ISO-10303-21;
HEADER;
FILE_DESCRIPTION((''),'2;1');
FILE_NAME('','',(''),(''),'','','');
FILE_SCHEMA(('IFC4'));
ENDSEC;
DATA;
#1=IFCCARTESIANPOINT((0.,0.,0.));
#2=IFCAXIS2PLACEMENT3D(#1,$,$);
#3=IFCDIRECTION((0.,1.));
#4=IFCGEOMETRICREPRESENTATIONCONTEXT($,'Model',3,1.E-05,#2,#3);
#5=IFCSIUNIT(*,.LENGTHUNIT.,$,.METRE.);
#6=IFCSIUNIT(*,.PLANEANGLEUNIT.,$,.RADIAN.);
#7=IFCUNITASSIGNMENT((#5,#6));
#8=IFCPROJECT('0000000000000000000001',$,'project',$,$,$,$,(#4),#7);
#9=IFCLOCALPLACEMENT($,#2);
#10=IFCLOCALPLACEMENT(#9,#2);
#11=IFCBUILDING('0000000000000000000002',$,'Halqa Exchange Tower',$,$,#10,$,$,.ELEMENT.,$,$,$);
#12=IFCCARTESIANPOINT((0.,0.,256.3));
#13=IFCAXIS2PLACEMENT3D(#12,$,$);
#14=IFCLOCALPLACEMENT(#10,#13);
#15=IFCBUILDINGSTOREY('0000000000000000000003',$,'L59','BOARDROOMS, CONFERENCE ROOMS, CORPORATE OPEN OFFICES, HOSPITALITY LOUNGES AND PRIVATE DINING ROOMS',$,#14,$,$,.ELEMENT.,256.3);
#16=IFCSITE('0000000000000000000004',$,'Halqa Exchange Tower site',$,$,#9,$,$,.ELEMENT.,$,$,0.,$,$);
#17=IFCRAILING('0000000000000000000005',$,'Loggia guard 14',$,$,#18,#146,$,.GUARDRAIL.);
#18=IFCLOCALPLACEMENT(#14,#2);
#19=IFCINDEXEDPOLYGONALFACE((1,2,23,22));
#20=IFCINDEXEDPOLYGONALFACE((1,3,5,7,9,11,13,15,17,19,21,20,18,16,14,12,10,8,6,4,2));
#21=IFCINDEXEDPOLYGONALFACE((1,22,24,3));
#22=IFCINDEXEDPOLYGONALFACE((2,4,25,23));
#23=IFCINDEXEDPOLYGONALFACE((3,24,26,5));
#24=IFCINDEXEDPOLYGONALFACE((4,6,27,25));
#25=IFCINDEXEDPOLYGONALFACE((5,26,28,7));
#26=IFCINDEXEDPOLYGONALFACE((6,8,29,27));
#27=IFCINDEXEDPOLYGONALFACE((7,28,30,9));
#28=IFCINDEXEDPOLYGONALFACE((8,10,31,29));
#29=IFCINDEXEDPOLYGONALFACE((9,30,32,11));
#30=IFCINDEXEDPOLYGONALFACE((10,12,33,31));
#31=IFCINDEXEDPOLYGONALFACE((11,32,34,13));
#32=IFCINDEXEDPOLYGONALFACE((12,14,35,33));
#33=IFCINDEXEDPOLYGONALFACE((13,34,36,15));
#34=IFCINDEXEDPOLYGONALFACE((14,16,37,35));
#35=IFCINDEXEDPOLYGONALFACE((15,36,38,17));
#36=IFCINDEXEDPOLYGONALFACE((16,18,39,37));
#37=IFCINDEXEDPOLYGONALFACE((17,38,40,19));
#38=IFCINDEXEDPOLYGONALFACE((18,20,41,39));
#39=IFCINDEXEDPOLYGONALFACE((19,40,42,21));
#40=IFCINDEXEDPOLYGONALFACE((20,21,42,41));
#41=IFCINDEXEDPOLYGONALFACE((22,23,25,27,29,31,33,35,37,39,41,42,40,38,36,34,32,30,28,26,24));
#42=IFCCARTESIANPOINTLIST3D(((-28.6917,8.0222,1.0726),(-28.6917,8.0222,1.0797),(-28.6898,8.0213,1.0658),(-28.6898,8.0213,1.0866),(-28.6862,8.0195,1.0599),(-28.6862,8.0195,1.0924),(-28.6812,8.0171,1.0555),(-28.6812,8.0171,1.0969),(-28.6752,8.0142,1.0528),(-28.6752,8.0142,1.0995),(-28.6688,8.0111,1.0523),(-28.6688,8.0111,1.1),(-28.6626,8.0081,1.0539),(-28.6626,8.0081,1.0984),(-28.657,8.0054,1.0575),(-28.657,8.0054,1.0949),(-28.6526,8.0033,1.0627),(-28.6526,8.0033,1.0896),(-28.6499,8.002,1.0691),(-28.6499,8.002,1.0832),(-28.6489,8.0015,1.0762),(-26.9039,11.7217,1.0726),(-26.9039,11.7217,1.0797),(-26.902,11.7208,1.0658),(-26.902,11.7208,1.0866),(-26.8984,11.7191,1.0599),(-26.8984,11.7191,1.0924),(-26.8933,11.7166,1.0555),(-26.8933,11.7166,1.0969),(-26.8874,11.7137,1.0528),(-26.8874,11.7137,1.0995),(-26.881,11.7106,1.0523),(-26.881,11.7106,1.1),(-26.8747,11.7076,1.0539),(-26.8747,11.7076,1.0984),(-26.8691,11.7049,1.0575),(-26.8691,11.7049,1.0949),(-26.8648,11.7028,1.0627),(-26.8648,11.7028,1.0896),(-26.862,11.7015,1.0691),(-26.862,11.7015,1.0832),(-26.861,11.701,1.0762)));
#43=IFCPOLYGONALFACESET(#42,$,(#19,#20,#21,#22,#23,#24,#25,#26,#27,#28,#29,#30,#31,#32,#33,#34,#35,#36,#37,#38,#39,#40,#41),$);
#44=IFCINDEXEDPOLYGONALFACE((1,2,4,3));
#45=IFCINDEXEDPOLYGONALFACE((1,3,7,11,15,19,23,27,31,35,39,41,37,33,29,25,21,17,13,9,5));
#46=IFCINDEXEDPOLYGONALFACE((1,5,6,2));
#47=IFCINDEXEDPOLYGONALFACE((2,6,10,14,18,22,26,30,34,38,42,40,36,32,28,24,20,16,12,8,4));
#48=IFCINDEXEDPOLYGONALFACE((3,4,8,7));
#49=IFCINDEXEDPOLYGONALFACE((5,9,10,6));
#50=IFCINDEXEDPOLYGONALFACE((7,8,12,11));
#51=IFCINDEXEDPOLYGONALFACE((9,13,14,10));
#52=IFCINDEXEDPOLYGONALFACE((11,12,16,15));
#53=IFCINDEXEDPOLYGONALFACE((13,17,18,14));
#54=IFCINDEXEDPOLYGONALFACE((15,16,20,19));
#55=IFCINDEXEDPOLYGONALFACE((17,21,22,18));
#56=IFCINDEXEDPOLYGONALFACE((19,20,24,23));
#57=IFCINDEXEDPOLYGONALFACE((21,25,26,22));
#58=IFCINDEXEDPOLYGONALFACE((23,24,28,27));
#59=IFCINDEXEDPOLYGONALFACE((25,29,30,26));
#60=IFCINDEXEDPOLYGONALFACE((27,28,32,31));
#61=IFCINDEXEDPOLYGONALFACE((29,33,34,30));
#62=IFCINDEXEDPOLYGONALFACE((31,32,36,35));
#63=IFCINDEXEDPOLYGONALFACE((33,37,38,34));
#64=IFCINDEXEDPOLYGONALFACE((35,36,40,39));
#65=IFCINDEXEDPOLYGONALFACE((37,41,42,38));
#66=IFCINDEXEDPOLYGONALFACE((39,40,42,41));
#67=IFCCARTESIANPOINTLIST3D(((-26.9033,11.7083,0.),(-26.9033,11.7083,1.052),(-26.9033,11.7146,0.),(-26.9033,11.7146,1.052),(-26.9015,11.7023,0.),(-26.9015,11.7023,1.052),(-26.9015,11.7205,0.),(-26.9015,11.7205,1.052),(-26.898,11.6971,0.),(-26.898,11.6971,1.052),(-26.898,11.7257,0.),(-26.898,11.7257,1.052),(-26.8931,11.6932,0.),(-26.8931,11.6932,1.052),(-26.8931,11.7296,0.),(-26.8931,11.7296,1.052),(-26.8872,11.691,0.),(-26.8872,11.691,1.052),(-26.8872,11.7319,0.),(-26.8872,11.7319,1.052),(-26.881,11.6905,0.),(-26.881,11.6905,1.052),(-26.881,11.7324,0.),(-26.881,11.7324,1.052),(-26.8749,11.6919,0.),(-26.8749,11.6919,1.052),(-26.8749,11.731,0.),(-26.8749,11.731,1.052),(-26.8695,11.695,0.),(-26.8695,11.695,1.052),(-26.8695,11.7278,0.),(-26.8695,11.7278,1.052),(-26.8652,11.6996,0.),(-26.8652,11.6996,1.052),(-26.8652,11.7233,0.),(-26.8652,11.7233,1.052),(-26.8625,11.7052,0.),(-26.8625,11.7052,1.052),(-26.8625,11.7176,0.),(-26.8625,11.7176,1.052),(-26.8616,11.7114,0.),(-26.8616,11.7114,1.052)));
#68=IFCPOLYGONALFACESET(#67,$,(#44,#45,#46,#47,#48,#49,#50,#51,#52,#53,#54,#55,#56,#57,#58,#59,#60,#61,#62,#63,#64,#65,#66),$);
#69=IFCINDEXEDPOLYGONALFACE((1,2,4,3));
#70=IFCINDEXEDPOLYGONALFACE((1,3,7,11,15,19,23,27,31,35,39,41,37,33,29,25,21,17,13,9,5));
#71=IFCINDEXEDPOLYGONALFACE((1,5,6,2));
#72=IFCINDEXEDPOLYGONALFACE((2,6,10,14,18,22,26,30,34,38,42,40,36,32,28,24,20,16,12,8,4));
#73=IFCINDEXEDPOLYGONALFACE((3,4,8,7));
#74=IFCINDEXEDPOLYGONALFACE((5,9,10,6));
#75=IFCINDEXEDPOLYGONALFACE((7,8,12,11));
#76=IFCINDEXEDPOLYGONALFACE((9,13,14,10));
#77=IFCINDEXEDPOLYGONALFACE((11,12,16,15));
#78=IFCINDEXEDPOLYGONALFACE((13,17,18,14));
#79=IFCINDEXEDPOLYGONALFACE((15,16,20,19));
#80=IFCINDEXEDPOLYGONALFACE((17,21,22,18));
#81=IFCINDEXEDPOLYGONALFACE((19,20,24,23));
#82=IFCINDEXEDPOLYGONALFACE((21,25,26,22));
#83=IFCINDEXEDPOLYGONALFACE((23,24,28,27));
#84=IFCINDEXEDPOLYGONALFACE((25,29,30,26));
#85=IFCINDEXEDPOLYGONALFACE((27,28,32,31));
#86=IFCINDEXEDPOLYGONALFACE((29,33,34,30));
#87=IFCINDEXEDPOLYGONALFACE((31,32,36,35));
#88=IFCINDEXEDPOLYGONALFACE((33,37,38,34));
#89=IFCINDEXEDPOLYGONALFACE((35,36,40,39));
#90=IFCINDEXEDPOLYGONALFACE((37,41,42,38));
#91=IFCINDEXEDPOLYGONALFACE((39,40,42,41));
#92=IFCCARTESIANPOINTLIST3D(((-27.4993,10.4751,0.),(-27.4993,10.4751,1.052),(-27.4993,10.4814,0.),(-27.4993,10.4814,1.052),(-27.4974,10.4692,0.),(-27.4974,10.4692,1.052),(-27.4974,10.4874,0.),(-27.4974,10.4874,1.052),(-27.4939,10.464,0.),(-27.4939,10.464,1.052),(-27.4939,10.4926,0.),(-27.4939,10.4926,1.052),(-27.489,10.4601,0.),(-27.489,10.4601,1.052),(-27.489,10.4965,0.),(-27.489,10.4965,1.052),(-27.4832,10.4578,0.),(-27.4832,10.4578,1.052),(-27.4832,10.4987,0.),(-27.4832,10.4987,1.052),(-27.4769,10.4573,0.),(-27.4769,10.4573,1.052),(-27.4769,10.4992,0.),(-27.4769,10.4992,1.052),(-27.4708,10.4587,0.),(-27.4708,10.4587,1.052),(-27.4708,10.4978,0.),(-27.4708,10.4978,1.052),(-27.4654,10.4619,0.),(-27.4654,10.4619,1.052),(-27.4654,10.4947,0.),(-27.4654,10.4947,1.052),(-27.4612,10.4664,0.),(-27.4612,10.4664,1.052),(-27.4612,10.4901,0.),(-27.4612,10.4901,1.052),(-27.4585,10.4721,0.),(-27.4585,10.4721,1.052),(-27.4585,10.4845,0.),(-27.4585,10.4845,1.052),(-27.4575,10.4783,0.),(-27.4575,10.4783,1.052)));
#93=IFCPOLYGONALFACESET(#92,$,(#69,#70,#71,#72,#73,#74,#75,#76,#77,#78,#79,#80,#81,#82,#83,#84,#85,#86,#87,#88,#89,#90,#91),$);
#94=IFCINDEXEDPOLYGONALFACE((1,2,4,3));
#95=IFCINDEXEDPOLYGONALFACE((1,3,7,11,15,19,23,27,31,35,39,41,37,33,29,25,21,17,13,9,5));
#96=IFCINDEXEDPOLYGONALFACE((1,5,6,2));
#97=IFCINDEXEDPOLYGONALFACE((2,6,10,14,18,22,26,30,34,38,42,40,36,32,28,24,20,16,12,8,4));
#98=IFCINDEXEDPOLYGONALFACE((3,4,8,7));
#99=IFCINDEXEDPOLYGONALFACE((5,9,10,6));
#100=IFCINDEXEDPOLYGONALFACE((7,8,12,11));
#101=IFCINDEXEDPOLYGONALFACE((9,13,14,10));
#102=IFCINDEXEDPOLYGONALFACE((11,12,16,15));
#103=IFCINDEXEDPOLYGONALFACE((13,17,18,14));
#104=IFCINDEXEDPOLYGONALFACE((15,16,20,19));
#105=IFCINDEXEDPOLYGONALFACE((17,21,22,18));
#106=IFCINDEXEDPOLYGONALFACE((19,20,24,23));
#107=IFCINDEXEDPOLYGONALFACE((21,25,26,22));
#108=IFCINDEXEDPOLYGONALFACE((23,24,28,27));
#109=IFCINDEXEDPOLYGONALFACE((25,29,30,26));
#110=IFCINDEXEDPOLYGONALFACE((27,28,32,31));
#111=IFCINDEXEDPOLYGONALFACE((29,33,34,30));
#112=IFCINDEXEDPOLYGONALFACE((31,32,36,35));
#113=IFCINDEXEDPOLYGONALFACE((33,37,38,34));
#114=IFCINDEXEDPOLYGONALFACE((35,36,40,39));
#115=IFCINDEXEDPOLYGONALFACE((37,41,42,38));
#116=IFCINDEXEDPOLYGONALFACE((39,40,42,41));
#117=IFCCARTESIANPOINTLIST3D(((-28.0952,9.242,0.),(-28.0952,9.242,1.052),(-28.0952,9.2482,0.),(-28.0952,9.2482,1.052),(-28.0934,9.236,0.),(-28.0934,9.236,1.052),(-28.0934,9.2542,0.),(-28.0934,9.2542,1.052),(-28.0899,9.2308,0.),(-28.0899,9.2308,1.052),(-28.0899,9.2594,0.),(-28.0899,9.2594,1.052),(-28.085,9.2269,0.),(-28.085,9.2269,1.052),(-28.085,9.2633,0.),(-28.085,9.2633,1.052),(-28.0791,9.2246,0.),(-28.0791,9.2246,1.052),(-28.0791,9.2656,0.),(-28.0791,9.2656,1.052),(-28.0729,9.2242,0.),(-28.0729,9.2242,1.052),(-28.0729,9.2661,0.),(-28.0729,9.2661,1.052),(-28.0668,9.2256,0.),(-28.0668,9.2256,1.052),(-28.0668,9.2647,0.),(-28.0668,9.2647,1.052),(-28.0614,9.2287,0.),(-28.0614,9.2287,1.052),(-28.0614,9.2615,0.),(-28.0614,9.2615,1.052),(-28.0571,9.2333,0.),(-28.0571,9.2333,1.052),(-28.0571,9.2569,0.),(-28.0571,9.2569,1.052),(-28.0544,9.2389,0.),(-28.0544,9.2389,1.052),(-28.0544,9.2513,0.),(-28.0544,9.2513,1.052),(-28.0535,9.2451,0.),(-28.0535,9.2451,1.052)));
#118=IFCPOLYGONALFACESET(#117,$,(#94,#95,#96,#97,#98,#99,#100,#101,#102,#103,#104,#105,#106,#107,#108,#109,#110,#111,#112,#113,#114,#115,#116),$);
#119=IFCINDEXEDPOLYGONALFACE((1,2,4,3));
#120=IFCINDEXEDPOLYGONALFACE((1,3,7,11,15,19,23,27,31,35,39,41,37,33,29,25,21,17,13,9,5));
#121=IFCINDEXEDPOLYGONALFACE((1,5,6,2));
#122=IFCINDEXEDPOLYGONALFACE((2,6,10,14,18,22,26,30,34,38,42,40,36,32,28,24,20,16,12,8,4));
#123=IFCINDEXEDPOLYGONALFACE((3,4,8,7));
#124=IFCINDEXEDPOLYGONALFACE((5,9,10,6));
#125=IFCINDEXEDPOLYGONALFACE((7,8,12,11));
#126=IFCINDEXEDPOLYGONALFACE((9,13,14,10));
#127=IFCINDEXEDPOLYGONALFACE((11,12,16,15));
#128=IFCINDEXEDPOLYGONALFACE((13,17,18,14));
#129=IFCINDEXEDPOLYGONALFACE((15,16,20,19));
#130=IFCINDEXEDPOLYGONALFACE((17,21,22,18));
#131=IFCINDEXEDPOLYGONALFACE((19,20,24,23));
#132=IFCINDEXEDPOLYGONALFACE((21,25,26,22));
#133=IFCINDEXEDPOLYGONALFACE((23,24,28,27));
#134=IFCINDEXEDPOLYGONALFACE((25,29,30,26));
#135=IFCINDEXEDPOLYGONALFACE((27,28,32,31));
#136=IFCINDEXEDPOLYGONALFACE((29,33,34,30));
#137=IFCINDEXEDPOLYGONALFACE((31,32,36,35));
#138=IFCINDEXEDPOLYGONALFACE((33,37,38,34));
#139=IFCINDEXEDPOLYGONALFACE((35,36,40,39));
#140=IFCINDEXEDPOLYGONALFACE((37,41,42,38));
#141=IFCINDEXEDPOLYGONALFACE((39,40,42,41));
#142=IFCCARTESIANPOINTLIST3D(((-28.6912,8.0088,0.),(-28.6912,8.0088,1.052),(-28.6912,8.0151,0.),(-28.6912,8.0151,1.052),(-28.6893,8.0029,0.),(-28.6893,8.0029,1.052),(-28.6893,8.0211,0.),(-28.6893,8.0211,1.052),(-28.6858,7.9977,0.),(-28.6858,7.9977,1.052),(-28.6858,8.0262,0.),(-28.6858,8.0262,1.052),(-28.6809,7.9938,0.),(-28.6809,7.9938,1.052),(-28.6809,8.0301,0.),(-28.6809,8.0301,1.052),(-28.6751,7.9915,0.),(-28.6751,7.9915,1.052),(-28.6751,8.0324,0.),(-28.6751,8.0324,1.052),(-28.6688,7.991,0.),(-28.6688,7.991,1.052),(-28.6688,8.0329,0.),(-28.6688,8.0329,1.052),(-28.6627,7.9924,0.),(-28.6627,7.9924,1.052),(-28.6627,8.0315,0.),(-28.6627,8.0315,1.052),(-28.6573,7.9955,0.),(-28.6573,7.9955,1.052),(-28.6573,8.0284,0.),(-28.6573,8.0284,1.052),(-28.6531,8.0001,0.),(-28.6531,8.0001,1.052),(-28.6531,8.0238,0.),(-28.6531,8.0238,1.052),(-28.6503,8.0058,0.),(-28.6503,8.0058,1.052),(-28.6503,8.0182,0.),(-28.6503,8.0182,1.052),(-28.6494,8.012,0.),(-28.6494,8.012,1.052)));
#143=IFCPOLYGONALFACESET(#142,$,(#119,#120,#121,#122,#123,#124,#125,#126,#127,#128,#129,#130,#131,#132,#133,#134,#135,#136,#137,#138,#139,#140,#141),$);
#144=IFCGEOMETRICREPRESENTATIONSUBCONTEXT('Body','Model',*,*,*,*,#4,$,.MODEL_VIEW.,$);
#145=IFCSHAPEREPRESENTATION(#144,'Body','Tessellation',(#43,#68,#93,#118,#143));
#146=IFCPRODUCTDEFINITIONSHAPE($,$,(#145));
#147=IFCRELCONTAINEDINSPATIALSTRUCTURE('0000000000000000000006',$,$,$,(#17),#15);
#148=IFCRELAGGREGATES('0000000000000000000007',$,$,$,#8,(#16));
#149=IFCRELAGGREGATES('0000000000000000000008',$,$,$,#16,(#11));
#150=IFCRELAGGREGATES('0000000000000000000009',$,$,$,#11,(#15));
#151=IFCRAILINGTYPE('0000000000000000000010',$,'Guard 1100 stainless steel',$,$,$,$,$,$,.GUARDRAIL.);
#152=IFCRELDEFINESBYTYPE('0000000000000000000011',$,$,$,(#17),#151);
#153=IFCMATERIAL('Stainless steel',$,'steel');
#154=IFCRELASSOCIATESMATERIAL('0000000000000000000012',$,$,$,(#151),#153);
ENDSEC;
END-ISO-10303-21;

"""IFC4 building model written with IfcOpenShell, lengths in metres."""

from ifc_helpers import new_model, si_unit, direction, frame, origin, origin_2d, place, context, subcontext, project, spatial, circle, extrude, material, type_object, element, save


model = new_model("IFC4")

# Units and contexts
model_context = context("Model", 3, precision=1e-05, world=origin(), true_north=direction((0.0, 1.0)))
body_context = subcontext(model_context, "Body", "Model", "MODEL_VIEW")
ifc_project = project(units=[si_unit("LENGTHUNIT", "METRE"), si_unit("PLANEANGLEUNIT", "RADIAN")], contexts=[model_context])

# Site, building, storey
site_placement = place(None, origin())
site = spatial("IfcSite", under=ifc_project, at=site_placement, Name="Halqa Exchange Tower site", CompositionType="ELEMENT", RefElevation=0.0)
building_placement = place(site_placement, origin())
building = spatial("IfcBuilding", under=site, at=building_placement, Name="Halqa Exchange Tower", CompositionType="ELEMENT")
storey_placement = place(building_placement, frame((0.0, 0.0, 256.3)))
storey = spatial("IfcBuildingStorey", under=building, at=storey_placement, Name="L59", Description="BOARDROOMS, CONFERENCE ROOMS, CORPORATE OPEN OFFICES, HOSPITALITY LOUNGES AND PRIVATE DINING ROOMS", CompositionType="ELEMENT", Elevation=256.3)

# Railing
ifc_material_1 = material(Name="Stainless steel", Category="steel")
railing_type = type_object("IfcRailingType", Name="Guard 1100 stainless steel", PredefinedType="GUARDRAIL", material=ifc_material_1)
railing_1_placement = place(storey_placement, frame((-26.8826, 11.7114, 0.0)))
element("IfcRailing", 1, at=railing_1_placement, inside=storey, type_object=railing_type, Name="Loggia guard 14", PredefinedType="GUARDRAIL", context=body_context, shape_type="SweptSolid", body=[
    extrude(circle(Radius=0.0239, at=origin_2d()), frame((0.0, 0.0, 1.0762), z_axis=(-0.435123, -0.900371, 0.0), x_axis=(0.900371, -0.435123, 0.0)), (0.0, 0.0, 1.0), 4.1089),
    extrude(circle(Radius=0.021, at=origin_2d()), origin(), (0.0, 0.0, 1.0), 1.052),
    extrude(circle(Radius=0.021, at=origin_2d()), frame((-0.5959, -1.2332, 0.0)), (0.0, 0.0, 1.0), 1.052),
    extrude(circle(Radius=0.021, at=origin_2d()), frame((-1.1919, -2.4663, 0.0)), (0.0, 0.0, 1.0), 1.052),
    extrude(circle(Radius=0.021, at=origin_2d()), frame((-1.7878, -3.6995, 0.0)), (0.0, 0.0, 1.0), 1.052),
])

save(model, "model.ifc")
